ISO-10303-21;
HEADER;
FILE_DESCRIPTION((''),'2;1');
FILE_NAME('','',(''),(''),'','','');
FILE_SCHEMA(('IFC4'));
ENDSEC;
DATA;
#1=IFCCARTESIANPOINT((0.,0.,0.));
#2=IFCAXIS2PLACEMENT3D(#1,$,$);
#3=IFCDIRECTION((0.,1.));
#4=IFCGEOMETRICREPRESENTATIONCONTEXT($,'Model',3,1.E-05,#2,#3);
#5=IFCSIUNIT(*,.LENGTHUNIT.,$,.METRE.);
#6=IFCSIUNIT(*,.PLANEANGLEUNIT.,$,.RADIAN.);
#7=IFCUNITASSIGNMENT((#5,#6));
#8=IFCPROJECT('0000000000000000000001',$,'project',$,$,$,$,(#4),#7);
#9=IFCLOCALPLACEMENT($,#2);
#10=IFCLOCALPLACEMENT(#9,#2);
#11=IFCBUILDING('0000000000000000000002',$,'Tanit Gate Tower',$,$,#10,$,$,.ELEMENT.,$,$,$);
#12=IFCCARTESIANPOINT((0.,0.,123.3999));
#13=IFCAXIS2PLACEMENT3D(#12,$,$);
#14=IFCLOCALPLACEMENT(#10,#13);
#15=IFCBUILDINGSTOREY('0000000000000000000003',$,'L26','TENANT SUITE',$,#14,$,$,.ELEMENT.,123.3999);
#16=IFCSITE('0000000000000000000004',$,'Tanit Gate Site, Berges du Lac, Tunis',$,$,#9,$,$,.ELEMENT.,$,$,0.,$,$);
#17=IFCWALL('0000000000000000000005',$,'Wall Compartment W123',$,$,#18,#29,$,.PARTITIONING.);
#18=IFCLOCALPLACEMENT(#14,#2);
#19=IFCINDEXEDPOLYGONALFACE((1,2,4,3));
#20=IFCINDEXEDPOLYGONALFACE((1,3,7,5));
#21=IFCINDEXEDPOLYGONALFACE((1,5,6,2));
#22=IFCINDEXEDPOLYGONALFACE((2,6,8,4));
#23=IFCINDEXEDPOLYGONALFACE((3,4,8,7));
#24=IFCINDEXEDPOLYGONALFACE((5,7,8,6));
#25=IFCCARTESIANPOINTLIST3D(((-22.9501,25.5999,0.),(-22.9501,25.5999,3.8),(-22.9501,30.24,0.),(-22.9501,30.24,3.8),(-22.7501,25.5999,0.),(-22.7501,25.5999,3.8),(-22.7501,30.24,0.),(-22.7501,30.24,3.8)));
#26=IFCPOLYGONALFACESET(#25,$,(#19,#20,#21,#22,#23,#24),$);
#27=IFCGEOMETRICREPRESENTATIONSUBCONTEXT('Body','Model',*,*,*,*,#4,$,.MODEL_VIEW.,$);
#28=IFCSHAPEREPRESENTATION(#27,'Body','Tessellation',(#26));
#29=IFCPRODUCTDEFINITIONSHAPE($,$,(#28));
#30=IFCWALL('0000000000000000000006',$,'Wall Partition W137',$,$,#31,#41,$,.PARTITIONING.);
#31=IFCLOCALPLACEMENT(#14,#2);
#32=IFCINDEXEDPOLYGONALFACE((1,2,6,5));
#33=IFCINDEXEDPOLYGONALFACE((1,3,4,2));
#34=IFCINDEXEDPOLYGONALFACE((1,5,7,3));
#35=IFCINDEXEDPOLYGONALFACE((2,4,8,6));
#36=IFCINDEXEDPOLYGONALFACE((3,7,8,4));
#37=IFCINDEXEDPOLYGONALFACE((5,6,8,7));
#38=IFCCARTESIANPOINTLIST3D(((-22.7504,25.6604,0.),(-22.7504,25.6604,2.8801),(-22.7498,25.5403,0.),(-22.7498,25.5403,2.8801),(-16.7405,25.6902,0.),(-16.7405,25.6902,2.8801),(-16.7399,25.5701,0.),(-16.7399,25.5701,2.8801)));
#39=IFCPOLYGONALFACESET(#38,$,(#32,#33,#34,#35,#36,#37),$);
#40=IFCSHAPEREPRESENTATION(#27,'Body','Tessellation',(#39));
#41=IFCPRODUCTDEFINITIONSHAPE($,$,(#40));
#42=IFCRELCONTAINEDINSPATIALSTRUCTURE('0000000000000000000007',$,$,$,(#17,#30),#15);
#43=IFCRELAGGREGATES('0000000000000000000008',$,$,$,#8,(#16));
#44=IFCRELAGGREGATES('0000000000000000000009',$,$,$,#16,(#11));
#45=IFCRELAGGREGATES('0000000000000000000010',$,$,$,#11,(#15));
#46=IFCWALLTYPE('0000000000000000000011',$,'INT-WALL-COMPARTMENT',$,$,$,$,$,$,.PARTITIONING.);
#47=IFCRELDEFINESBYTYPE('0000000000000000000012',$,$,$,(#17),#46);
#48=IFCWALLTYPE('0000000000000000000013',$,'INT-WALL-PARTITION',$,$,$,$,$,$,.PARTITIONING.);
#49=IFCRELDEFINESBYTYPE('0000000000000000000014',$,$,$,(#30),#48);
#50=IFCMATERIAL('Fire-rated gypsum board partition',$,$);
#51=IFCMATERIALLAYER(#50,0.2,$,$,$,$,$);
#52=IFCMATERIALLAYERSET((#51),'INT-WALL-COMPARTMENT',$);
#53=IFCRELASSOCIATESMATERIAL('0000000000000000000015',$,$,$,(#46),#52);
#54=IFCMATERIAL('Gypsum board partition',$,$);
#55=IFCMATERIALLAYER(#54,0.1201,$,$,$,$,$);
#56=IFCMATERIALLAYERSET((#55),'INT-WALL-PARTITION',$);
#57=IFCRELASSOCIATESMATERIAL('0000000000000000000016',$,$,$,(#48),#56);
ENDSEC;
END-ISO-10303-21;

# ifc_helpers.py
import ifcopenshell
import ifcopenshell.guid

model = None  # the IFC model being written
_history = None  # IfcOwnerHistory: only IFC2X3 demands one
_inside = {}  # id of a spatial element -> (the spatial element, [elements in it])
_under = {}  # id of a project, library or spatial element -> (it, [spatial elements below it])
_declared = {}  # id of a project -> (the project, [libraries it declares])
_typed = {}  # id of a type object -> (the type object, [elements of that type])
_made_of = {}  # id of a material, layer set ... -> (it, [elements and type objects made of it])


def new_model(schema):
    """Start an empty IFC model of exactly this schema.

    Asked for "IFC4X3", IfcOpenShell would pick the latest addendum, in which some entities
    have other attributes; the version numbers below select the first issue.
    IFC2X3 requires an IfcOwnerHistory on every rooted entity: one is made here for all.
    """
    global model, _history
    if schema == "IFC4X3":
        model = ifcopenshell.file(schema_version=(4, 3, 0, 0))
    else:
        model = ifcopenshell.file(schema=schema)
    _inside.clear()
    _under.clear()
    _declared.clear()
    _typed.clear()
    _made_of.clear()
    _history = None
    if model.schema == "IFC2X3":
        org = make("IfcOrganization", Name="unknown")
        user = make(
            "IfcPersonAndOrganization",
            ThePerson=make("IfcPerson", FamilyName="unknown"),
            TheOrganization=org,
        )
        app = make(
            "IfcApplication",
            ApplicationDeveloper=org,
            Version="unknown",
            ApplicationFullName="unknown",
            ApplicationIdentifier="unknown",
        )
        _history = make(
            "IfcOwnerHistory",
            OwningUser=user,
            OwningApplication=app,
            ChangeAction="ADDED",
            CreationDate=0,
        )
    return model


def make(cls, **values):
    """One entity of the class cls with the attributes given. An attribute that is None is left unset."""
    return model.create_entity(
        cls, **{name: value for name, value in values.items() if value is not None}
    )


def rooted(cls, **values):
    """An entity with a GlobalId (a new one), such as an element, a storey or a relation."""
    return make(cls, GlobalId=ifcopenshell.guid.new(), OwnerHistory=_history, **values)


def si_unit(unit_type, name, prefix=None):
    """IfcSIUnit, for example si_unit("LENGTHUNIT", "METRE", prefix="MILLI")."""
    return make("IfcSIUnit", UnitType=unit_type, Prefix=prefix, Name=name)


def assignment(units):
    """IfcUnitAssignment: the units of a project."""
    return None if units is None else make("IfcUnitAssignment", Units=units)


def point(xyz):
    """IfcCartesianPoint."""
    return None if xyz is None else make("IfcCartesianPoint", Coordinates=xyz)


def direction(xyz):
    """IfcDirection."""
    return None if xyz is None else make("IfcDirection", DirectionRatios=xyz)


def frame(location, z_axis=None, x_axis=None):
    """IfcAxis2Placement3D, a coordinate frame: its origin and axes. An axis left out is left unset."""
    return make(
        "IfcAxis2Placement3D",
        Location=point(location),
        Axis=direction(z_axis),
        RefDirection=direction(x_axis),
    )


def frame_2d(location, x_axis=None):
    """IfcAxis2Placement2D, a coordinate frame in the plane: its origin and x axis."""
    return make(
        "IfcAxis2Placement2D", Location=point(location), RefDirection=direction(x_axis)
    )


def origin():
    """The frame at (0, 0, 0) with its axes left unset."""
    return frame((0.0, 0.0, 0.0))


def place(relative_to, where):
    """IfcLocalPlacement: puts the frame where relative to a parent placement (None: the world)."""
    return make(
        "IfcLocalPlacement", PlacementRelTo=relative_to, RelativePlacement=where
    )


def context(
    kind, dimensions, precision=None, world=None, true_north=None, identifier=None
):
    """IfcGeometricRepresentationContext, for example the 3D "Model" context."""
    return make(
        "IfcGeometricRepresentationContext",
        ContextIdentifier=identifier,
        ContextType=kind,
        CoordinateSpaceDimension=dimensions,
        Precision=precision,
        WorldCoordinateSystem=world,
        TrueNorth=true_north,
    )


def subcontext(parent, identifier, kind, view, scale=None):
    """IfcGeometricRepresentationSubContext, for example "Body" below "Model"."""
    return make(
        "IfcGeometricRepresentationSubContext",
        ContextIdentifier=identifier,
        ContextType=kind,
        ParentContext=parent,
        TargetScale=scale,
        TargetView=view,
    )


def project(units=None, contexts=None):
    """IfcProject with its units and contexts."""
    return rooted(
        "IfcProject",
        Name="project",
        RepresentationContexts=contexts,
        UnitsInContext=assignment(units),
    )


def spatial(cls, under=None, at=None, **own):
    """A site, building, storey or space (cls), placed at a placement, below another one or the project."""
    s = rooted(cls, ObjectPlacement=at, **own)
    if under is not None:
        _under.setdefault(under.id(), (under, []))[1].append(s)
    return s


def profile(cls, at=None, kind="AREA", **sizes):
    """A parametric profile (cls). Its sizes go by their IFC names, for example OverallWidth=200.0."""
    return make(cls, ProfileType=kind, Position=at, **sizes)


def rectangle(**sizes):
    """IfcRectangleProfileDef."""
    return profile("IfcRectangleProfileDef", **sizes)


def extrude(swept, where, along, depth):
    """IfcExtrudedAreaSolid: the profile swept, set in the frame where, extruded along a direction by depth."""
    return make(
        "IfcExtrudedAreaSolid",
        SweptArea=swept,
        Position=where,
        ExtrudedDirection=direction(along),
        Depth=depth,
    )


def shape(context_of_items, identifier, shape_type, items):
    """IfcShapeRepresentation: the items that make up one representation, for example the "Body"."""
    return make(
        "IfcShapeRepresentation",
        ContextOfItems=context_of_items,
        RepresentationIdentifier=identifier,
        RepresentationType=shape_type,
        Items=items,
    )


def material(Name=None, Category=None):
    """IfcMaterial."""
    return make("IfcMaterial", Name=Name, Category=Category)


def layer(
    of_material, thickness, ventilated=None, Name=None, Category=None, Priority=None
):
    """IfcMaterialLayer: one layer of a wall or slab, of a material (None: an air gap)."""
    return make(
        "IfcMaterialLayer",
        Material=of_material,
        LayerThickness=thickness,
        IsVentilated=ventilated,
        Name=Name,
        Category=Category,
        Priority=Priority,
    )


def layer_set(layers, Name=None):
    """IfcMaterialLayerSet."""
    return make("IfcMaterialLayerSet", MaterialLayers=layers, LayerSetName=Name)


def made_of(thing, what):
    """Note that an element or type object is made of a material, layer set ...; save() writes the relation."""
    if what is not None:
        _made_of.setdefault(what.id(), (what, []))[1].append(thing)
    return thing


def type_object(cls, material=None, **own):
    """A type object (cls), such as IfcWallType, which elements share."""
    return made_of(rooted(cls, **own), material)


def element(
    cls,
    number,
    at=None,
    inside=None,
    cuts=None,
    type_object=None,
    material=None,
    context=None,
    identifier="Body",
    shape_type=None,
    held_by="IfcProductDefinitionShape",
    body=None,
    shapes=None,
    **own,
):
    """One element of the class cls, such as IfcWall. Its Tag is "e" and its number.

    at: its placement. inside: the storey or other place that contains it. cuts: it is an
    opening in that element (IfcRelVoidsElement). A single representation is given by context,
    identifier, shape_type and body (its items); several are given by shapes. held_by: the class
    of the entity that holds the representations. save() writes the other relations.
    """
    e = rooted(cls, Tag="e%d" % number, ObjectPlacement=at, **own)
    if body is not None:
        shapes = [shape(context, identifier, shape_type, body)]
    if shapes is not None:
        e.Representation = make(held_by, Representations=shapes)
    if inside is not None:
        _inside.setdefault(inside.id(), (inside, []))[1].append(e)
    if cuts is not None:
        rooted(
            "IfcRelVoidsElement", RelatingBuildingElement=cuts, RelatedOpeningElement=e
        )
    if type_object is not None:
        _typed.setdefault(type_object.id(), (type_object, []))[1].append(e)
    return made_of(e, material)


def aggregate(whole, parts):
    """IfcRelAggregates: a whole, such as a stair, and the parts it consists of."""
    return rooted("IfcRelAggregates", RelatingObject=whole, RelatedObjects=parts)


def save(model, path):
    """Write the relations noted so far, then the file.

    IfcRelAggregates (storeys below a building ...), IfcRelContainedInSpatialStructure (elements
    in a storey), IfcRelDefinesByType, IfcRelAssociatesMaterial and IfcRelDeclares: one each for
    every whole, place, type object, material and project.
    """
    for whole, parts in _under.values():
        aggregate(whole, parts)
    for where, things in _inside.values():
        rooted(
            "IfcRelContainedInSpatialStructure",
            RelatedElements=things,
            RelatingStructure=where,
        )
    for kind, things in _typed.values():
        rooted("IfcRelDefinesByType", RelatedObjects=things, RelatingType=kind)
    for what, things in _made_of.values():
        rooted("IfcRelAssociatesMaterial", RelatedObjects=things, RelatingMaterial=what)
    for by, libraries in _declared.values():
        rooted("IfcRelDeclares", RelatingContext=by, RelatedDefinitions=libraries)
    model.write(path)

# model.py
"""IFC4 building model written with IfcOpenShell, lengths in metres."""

from ifc_helpers import new_model, si_unit, direction, frame, frame_2d, origin, place, context, subcontext, project, spatial, rectangle, extrude, material, layer, layer_set, type_object, element, save


model = new_model("IFC4")

# Units and contexts
model_context = context("Model", 3, precision=1e-05, world=origin(), true_north=direction((0.0, 1.0)))
body_context = subcontext(model_context, "Body", "Model", "MODEL_VIEW")
ifc_project = project(units=[si_unit("LENGTHUNIT", "METRE"), si_unit("PLANEANGLEUNIT", "RADIAN")], contexts=[model_context])

# Site, building, storey
site_placement = place(None, origin())
site = spatial("IfcSite", under=ifc_project, at=site_placement, Name="Tanit Gate Site, Berges du Lac, Tunis", CompositionType="ELEMENT", RefElevation=0.0)
building_placement = place(site_placement, origin())
building = spatial("IfcBuilding", under=site, at=building_placement, Name="Tanit Gate Tower", CompositionType="ELEMENT")
storey_placement = place(building_placement, frame((0.0, 0.0, 123.3999)))
storey = spatial("IfcBuildingStorey", under=building, at=storey_placement, Name="L26", Description="TENANT SUITE", CompositionType="ELEMENT", Elevation=123.3999)

# Walls
ifc_material_1 = material(Name="Fire-rated gypsum board partition")
ifc_layer_1 = layer(ifc_material_1, 0.2)
ifc_layer_set_1 = layer_set([ifc_layer_1], Name="INT-WALL-COMPARTMENT")
wall_type_1 = type_object("IfcWallType", Name="INT-WALL-COMPARTMENT", PredefinedType="PARTITIONING", material=ifc_layer_set_1)
wall_1_placement = place(storey_placement, frame((-22.8501, 25.5999, 0.0), z_axis=(0.0, 0.0, 1.0), x_axis=(0.0, 1.0, 0.0)))
element("IfcWall", 1, at=wall_1_placement, inside=storey, type_object=wall_type_1, Name="Wall Compartment W123", PredefinedType="PARTITIONING", context=body_context, shape_type="SweptSolid", body=[
    extrude(rectangle(XDim=4.6401, YDim=0.2, at=frame_2d((2.3201, 0.0))), origin(), (0.0, 0.0, 1.0), 3.8),
])
ifc_material_2 = material(Name="Gypsum board partition")
ifc_layer_2 = layer(ifc_material_2, 0.1201)
ifc_layer_set_2 = layer_set([ifc_layer_2], Name="INT-WALL-PARTITION")
wall_type_2 = type_object("IfcWallType", Name="INT-WALL-PARTITION", PredefinedType="PARTITIONING", material=ifc_layer_set_2)
wall_2_placement = place(storey_placement, frame((-22.75, 25.6003, 0.0), z_axis=(0.0, 0.0, 1.0), x_axis=(0.999988, 0.004956, 0.0)))
element("IfcWall", 2, at=wall_2_placement, inside=storey, type_object=wall_type_2, Name="Wall Partition W137", PredefinedType="PARTITIONING", context=body_context, shape_type="SweptSolid", body=[
    extrude(rectangle(XDim=6.01, YDim=0.1201, at=frame_2d((3.0049, 0.0))), origin(), (0.0, 0.0, 1.0), 2.8801),
])

save(model, "model.ifc")
